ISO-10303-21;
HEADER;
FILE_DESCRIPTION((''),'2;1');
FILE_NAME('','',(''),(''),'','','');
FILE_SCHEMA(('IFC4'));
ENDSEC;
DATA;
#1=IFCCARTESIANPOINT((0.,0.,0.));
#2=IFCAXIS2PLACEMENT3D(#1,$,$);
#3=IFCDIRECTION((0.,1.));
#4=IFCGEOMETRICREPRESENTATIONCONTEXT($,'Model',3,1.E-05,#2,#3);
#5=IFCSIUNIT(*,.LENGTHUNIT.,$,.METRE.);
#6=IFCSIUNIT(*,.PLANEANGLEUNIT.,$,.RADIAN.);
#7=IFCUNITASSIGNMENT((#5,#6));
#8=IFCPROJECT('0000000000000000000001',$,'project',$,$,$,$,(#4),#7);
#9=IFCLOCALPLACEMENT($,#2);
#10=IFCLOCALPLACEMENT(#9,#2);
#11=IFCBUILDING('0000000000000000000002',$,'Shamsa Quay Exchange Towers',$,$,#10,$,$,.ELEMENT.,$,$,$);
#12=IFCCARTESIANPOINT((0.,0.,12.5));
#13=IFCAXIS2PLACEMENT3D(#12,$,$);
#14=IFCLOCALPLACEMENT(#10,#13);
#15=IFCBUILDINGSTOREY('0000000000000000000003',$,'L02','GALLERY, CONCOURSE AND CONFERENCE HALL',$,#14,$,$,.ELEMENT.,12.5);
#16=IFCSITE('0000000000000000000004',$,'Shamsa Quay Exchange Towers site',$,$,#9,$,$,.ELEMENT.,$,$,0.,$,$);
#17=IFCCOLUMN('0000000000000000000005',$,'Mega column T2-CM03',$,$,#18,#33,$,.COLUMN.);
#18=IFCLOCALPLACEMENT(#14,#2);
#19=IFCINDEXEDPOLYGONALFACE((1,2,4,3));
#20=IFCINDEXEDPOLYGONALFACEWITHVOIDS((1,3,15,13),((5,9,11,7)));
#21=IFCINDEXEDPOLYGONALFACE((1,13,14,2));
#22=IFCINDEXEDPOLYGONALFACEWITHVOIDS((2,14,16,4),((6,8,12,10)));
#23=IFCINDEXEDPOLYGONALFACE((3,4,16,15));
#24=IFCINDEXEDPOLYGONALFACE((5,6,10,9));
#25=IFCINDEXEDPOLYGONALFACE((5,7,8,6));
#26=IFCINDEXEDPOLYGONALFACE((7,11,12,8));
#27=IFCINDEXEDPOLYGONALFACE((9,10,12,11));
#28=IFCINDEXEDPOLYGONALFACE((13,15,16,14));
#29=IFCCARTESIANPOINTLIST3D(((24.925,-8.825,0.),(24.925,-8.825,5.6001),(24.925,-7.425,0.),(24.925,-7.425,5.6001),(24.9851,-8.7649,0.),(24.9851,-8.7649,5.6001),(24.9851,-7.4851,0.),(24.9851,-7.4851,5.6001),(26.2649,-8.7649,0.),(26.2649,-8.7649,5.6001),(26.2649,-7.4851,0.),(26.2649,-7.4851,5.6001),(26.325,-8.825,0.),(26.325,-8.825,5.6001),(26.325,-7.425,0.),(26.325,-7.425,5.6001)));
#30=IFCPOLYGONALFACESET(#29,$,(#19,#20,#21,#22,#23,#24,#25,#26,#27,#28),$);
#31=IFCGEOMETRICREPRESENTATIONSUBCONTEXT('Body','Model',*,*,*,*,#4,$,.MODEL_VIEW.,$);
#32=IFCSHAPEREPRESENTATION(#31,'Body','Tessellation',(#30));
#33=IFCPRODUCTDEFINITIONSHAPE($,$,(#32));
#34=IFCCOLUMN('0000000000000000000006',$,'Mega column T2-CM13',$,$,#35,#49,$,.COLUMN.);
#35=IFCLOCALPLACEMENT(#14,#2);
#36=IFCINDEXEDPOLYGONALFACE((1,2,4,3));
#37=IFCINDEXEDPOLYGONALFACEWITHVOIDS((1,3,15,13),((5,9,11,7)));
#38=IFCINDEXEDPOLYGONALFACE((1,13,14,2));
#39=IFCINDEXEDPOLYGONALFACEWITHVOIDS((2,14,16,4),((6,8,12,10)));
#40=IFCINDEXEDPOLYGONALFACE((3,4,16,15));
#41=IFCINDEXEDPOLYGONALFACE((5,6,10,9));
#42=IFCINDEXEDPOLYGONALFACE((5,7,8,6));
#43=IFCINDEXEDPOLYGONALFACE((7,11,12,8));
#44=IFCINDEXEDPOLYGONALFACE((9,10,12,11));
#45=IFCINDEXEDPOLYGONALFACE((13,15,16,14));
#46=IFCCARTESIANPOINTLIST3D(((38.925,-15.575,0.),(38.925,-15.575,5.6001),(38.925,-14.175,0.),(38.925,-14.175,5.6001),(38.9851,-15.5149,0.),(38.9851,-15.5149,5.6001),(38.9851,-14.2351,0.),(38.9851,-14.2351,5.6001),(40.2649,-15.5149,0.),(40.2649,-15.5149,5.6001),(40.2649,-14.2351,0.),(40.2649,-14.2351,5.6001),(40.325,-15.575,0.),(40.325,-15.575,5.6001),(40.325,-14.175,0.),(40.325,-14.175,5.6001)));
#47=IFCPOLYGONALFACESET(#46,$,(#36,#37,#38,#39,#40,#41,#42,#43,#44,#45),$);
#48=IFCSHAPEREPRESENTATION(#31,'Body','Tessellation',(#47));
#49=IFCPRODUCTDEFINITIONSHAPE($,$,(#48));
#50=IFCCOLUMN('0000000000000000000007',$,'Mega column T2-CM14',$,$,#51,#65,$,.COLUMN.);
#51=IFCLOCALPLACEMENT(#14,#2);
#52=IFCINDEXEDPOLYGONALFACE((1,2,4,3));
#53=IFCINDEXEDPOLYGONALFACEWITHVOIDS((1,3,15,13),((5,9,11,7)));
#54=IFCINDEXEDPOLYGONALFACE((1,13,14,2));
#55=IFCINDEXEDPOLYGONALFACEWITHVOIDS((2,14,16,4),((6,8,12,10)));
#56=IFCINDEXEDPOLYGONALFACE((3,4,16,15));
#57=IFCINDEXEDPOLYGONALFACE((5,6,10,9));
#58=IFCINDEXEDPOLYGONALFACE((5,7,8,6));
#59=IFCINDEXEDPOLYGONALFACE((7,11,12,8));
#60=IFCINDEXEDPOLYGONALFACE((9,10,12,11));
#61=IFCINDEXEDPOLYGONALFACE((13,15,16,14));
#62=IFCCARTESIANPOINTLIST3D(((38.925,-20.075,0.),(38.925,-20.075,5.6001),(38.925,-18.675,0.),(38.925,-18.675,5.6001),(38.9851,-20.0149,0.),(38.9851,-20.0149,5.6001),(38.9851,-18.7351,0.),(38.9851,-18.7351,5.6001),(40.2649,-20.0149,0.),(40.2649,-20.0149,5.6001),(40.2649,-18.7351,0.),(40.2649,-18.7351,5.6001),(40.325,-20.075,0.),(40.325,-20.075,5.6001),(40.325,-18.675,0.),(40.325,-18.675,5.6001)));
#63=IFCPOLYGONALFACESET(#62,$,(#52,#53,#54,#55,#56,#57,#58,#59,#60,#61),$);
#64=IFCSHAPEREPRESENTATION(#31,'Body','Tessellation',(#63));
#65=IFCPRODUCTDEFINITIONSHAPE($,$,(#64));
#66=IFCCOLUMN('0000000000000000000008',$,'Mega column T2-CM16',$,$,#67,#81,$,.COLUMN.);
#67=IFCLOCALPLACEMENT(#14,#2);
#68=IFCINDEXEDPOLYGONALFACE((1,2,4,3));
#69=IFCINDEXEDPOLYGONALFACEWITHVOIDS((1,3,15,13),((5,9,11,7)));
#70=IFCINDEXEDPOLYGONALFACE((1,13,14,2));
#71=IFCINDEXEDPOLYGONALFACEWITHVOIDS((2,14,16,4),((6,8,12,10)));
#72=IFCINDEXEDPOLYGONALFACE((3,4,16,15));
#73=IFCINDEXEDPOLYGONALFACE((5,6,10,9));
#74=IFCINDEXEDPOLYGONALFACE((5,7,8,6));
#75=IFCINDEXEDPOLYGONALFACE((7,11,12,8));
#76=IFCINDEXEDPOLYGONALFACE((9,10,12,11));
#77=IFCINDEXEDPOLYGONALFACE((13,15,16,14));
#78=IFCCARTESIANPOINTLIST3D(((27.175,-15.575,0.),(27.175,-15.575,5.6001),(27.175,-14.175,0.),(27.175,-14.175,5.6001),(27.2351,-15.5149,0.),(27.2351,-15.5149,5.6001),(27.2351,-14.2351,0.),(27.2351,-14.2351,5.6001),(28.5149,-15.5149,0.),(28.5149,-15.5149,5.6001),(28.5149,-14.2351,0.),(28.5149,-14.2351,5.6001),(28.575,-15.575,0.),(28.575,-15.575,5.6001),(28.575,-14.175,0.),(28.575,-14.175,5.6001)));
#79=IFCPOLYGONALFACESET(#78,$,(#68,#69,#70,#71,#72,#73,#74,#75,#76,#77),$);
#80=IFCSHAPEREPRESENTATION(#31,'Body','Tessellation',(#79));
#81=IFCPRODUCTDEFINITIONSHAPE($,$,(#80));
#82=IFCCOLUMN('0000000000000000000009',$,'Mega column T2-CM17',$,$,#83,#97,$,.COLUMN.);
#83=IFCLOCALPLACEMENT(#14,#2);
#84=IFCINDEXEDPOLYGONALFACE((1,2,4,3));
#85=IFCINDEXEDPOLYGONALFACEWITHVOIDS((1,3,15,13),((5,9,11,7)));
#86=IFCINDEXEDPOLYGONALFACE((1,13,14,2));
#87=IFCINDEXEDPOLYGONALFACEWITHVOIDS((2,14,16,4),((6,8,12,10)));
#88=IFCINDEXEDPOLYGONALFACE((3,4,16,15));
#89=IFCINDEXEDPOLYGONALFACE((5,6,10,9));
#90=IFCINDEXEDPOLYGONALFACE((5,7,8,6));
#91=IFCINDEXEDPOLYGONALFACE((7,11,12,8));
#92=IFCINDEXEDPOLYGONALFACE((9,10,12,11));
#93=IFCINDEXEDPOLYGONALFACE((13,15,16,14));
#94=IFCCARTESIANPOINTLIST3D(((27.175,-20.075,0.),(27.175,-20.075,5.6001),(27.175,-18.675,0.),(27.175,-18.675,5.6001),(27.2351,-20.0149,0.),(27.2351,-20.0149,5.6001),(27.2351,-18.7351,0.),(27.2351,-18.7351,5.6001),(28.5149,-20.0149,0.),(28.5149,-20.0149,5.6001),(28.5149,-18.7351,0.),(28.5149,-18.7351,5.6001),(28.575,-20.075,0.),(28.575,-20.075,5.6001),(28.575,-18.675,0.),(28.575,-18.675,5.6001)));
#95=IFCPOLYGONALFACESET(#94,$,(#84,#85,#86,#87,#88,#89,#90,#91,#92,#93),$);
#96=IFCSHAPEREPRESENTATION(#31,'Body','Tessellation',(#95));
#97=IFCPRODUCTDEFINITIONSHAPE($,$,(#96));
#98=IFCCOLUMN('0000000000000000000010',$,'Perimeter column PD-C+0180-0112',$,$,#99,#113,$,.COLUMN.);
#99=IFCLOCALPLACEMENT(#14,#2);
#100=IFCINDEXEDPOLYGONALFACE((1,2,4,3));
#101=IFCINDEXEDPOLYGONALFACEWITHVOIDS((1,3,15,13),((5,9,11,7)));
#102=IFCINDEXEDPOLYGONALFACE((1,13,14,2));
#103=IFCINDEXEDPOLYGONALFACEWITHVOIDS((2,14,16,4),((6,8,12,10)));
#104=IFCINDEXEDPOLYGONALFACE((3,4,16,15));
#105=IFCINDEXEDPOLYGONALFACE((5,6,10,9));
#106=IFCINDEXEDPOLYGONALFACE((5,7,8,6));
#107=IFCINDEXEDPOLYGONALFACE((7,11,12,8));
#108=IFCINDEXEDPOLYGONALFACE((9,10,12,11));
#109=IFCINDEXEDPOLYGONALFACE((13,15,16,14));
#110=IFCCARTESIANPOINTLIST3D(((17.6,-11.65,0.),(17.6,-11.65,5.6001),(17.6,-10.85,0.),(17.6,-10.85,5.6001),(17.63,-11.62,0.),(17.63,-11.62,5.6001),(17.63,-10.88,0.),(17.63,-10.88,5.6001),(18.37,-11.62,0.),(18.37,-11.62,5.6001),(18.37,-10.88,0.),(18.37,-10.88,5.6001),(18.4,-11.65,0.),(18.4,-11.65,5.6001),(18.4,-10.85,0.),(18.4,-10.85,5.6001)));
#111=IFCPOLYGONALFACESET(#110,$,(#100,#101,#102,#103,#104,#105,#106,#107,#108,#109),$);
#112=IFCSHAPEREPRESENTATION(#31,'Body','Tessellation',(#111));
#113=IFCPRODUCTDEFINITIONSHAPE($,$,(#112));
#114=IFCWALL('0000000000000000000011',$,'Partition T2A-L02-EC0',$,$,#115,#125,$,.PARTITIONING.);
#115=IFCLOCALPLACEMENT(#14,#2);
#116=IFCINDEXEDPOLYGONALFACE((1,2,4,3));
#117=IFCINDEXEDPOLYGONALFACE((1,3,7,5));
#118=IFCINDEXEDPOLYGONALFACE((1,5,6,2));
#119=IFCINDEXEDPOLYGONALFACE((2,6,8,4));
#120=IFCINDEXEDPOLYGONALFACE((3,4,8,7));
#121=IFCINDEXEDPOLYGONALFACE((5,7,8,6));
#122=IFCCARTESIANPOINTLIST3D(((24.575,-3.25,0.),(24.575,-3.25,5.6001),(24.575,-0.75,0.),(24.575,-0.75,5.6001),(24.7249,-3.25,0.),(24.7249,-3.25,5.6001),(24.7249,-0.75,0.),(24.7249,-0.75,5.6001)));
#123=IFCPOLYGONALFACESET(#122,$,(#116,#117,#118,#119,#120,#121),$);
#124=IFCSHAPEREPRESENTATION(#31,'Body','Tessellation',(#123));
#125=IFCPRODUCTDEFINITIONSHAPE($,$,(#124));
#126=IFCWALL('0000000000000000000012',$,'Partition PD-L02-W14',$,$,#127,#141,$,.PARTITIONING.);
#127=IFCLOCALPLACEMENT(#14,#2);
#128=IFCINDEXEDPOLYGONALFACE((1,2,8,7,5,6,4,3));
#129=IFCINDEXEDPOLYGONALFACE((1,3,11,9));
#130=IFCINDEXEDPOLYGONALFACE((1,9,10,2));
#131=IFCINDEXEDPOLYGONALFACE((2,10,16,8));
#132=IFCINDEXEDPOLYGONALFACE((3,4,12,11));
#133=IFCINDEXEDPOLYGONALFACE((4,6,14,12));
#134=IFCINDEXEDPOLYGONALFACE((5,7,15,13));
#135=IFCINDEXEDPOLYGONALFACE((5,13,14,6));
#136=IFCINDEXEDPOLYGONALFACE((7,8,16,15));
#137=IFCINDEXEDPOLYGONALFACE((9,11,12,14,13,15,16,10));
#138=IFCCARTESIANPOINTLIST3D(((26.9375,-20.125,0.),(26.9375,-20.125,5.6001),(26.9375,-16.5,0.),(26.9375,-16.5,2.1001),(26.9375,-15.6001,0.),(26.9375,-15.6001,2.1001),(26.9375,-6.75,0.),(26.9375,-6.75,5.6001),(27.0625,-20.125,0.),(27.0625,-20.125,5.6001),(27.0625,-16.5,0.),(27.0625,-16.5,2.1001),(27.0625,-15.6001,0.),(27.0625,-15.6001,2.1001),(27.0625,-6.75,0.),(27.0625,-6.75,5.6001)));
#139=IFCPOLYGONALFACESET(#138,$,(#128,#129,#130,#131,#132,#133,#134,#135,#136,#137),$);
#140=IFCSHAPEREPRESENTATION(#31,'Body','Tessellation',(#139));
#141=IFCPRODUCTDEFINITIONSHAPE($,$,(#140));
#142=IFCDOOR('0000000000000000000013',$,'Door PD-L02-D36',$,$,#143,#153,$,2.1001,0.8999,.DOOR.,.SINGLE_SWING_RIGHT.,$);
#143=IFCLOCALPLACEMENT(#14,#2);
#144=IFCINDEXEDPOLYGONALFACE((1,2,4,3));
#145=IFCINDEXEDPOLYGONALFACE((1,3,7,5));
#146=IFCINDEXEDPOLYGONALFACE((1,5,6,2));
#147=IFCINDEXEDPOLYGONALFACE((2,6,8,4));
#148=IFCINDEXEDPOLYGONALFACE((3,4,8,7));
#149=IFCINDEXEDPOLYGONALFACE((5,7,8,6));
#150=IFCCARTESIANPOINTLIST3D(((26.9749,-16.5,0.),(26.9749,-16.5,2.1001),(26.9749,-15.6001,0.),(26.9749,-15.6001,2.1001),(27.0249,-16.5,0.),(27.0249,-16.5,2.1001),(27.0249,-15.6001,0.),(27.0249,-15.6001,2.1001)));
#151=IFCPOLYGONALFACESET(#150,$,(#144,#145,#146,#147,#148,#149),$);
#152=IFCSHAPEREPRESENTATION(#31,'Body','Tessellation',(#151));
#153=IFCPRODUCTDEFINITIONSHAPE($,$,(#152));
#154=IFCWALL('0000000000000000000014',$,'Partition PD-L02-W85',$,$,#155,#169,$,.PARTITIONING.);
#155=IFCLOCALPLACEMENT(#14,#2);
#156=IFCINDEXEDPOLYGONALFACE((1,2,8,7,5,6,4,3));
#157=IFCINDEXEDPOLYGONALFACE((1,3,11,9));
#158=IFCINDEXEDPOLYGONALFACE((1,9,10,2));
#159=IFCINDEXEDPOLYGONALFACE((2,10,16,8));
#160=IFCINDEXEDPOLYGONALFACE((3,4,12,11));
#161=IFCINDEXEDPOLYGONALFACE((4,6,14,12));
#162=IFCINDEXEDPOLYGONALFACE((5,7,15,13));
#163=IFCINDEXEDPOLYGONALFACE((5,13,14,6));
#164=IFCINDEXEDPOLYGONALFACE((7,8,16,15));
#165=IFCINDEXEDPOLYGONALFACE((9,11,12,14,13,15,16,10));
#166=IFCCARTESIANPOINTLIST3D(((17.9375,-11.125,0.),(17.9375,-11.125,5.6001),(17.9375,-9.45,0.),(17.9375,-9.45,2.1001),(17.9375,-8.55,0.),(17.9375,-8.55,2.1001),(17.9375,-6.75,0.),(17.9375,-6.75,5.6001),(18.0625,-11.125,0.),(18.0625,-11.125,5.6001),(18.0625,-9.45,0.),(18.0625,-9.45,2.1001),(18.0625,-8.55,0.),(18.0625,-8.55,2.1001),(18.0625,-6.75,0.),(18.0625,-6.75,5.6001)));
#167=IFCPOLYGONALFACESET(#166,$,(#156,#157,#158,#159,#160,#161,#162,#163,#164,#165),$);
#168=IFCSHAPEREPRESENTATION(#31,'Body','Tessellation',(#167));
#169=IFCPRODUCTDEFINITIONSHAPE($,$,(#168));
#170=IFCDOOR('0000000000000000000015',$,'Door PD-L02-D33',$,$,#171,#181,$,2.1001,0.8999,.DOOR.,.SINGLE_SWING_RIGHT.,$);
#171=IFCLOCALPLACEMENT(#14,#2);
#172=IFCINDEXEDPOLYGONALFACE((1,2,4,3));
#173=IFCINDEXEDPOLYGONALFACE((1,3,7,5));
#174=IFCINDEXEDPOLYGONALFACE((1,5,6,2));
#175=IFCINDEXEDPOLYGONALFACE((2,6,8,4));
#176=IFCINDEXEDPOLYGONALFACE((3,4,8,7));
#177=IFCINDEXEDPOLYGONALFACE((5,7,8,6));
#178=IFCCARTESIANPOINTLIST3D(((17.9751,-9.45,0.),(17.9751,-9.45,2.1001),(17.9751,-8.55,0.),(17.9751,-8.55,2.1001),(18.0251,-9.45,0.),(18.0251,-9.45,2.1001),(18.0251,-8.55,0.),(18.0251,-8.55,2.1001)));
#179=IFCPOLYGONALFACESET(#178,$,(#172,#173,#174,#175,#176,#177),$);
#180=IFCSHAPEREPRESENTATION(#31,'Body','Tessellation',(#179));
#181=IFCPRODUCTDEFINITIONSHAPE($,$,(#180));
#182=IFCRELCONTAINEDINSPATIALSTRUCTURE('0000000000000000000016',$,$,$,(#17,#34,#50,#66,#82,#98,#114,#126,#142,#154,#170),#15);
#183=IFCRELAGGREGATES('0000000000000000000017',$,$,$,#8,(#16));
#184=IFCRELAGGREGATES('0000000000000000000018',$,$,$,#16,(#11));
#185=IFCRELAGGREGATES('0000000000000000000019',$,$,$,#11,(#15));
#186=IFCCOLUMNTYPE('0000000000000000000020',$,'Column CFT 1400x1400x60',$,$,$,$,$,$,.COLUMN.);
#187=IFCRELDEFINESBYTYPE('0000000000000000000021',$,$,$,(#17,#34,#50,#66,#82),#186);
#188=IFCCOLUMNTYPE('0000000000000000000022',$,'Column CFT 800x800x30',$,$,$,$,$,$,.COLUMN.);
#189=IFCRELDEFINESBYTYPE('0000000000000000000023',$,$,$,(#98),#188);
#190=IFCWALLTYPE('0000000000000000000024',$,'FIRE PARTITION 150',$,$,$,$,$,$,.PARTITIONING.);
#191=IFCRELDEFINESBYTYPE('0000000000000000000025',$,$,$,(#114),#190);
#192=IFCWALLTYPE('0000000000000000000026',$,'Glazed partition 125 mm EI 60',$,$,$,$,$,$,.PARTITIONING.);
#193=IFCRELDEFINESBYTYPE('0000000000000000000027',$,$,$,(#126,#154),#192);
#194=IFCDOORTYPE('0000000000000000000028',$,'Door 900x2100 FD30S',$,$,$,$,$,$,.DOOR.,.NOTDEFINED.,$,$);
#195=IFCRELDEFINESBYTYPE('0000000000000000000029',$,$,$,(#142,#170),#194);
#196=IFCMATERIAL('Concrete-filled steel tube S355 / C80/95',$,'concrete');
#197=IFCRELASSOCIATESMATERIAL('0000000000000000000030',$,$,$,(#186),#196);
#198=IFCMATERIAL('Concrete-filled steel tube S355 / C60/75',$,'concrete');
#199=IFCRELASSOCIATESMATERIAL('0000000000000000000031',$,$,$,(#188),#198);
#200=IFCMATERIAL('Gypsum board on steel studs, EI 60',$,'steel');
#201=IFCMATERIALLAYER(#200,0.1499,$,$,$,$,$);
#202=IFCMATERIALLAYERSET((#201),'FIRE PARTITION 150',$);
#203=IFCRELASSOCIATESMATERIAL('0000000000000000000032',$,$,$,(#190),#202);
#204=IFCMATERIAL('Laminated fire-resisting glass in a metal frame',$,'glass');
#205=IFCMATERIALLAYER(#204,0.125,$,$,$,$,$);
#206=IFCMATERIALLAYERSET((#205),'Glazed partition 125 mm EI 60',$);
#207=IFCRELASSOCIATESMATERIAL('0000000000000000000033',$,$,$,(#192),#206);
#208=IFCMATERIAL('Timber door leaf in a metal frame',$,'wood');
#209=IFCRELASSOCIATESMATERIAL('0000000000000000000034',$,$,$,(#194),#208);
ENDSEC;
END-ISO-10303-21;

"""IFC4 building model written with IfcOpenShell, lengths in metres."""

from ifc_helpers import new_model, si_unit, direction, frame, frame_2d, origin, origin_2d, place, context, subcontext, project, spatial, rectangle, hollow_rectangle, extrude, material, layer, layer_set, material_profile, profile_set, type_object, element, fill, save


model = new_model("IFC4")

# Units and contexts
model_context = context("Model", 3, precision=1e-05, world=origin(), true_north=direction((0.0, 1.0)))
body_context = subcontext(model_context, "Body", "Model", "MODEL_VIEW")
ifc_project = project(units=[si_unit("LENGTHUNIT", "METRE"), si_unit("PLANEANGLEUNIT", "RADIAN")], contexts=[model_context])

# Site, building, storey
site_placement = place(None, origin())
site = spatial("IfcSite", under=ifc_project, at=site_placement, Name="Shamsa Quay Exchange Towers site", CompositionType="ELEMENT", RefElevation=0.0)
building_placement = place(site_placement, origin())
building = spatial("IfcBuilding", under=site, at=building_placement, Name="Shamsa Quay Exchange Towers", CompositionType="ELEMENT")
storey_placement = place(building_placement, frame((0.0, 0.0, 12.5)))
storey = spatial("IfcBuildingStorey", under=building, at=storey_placement, Name="L02", Description="GALLERY, CONCOURSE AND CONFERENCE HALL", CompositionType="ELEMENT", Elevation=12.5)

# Columns
ifc_material_1 = material(Name="Concrete-filled steel tube S355 / C80/95", Category="concrete")
ifc_material_profile_1 = material_profile(ifc_material_1, hollow_rectangle(XDim=1.3999, YDim=1.3999, WallThickness=0.0601, at=origin_2d()), Name="CFT 1400x1400x60")
ifc_profile_set_1 = profile_set([ifc_material_profile_1], Name="Concrete-filled steel tube S355 / C80/95")
column_type_1 = type_object("IfcColumnType", Name="Column CFT 1400x1400x60", PredefinedType="COLUMN", material=ifc_profile_set_1)
for number, where, name in (
    (1, (25.625, -8.125, 0.0), "Mega column T2-CM03"),
    (2, (39.625, -14.875, 0.0), "Mega column T2-CM13"),
    (3, (39.625, -19.375, 0.0), "Mega column T2-CM14"),
    (4, (27.875, -14.875, 0.0), "Mega column T2-CM16"),
    (5, (27.875, -19.375, 0.0), "Mega column T2-CM17"),
):
    element("IfcColumn", number, at=place(storey_placement, frame(where)), inside=storey, type_object=column_type_1, Name=name, PredefinedType="COLUMN", context=body_context, shape_type="SweptSolid", body=[
        extrude(hollow_rectangle(XDim=1.3999, YDim=1.3999, WallThickness=0.0601, at=origin_2d()), origin(), (0.0, 0.0, 1.0), 5.6001),
    ])
ifc_material_2 = material(Name="Concrete-filled steel tube S355 / C60/75", Category="concrete")
ifc_material_profile_2 = material_profile(ifc_material_2, hollow_rectangle(XDim=0.8, YDim=0.8, WallThickness=0.03, at=origin_2d()), Name="CFT 800x800x30")
ifc_profile_set_2 = profile_set([ifc_material_profile_2], Name="Concrete-filled steel tube S355 / C60/75")
column_type_2 = type_object("IfcColumnType", Name="Column CFT 800x800x30", PredefinedType="COLUMN", material=ifc_profile_set_2)
column_placement = place(storey_placement, frame((18.0, -11.25, 0.0)))
element("IfcColumn", 6, at=column_placement, inside=storey, type_object=column_type_2, Name="Perimeter column PD-C+0180-0112", PredefinedType="COLUMN", context=body_context, shape_type="SweptSolid", body=[
    extrude(hollow_rectangle(XDim=0.8, YDim=0.8, WallThickness=0.03, at=origin_2d()), origin(), (0.0, 0.0, 1.0), 5.6001),
])

# Wall
ifc_material_3 = material(Name="Gypsum board on steel studs, EI 60", Category="steel")
ifc_layer_1 = layer(ifc_material_3, 0.1499)
ifc_layer_set_1 = layer_set([ifc_layer_1], Name="FIRE PARTITION 150")
wall_type_1 = type_object("IfcWallType", Name="FIRE PARTITION 150", PredefinedType="PARTITIONING", material=ifc_layer_set_1)
wall_1_placement = place(storey_placement, frame((24.6499, -3.25, 0.0), z_axis=(0.0, 0.0, 1.0), x_axis=(0.0, 1.0, 0.0)))
element("IfcWall", 7, at=wall_1_placement, inside=storey, type_object=wall_type_1, Name="Partition T2A-L02-EC0", PredefinedType="PARTITIONING", context=body_context, shape_type="SweptSolid", body=[
    extrude(rectangle(XDim=2.5, YDim=0.1499, at=frame_2d((1.25, 0.0))), origin(), (0.0, 0.0, 1.0), 5.6001),
])

# Walls, openings, doors
ifc_material_4 = material(Name="Laminated fire-resisting glass in a metal frame", Category="glass")
ifc_layer_2 = layer(ifc_material_4, 0.125)
ifc_layer_set_2 = layer_set([ifc_layer_2], Name="Glazed partition 125 mm EI 60")
wall_type_2 = type_object("IfcWallType", Name="Glazed partition 125 mm EI 60", PredefinedType="PARTITIONING", material=ifc_layer_set_2)
wall_2_placement = place(storey_placement, frame((27.0, -6.75, 0.0), z_axis=(0.0, 0.0, 1.0), x_axis=(0.0, -1.0, 0.0)))
wall_2 = element("IfcWall", 8, at=wall_2_placement, inside=storey, type_object=wall_type_2, Name="Partition PD-L02-W14", PredefinedType="PARTITIONING", context=body_context, shape_type="SweptSolid", body=[
    extrude(rectangle(XDim=13.375, YDim=0.125, at=frame_2d((6.6875, 0.0))), origin(), (0.0, 0.0, 1.0), 5.6001),
])
opening_1_placement = place(wall_2_placement, frame((8.8501, 0.0, 0.0)))
opening_1 = element("IfcOpeningElement", 9, at=opening_1_placement, cuts=wall_2, PredefinedType="OPENING", context=body_context, shape_type="SweptSolid", body=[
    extrude(rectangle(XDim=0.8999, YDim=2.1001, at=frame_2d((0.45, 1.05))), frame((0.0, 0.0725, 0.0), z_axis=(0.0, -1.0, 0.0), x_axis=(1.0, 0.0, 0.0)), (0.0, 0.0, 1.0), 0.145),
])
ifc_material_5 = material(Name="Timber door leaf in a metal frame", Category="wood")
door_type_1 = type_object("IfcDoorType", Name="Door 900x2100 FD30S", OperationType="NOTDEFINED", PredefinedType="DOOR", material=ifc_material_5)
door_1_placement = place(opening_1_placement, origin())
door_1 = element("IfcDoor", 10, at=door_1_placement, inside=storey, type_object=door_type_1, Name="Door PD-L02-D36", OperationType="SINGLE_SWING_RIGHT", OverallHeight=2.1001, OverallWidth=0.8999, PredefinedType="DOOR", context=body_context, shape_type="SweptSolid", body=[
    extrude(rectangle(XDim=0.8999, YDim=2.1001, at=frame_2d((0.45, 1.05))), frame((0.0, 0.0249, 0.0), z_axis=(0.0, -1.0, 0.0), x_axis=(1.0, 0.0, 0.0)), (0.0, 0.0, 1.0), 0.05),
])
fill(opening_1, door_1)
wall_3_placement = place(storey_placement, frame((18.0, -11.125, 0.0), z_axis=(0.0, 0.0, 1.0), x_axis=(0.0, 1.0, 0.0)))
wall_3 = element("IfcWall", 11, at=wall_3_placement, inside=storey, type_object=wall_type_2, Name="Partition PD-L02-W85", PredefinedType="PARTITIONING", context=body_context, shape_type="SweptSolid", body=[
    extrude(rectangle(XDim=4.375, YDim=0.125, at=frame_2d((2.1875, 0.0))), origin(), (0.0, 0.0, 1.0), 5.6001),
])
opening_2_placement = place(wall_3_placement, frame((1.675, 0.0, 0.0)))
opening_2 = element("IfcOpeningElement", 12, at=opening_2_placement, cuts=wall_3, PredefinedType="OPENING", context=body_context, shape_type="SweptSolid", body=[
    extrude(rectangle(XDim=0.8999, YDim=2.1001, at=frame_2d((0.45, 1.05))), frame((0.0, 0.0725, 0.0), z_axis=(0.0, -1.0, 0.0), x_axis=(1.0, 0.0, 0.0)), (0.0, 0.0, 1.0), 0.145),
])
door_2_placement = place(opening_2_placement, origin())
door_2 = element("IfcDoor", 13, at=door_2_placement, inside=storey, type_object=door_type_1, Name="Door PD-L02-D33", OperationType="SINGLE_SWING_RIGHT", OverallHeight=2.1001, OverallWidth=0.8999, PredefinedType="DOOR", context=body_context, shape_type="SweptSolid", body=[
    extrude(rectangle(XDim=0.8999, YDim=2.1001, at=frame_2d((0.45, 1.05))), frame((0.0, 0.0249, 0.0), z_axis=(0.0, -1.0, 0.0), x_axis=(1.0, 0.0, 0.0)), (0.0, 0.0, 1.0), 0.05),
])
fill(opening_2, door_2)

save(model, "model.ifc")
